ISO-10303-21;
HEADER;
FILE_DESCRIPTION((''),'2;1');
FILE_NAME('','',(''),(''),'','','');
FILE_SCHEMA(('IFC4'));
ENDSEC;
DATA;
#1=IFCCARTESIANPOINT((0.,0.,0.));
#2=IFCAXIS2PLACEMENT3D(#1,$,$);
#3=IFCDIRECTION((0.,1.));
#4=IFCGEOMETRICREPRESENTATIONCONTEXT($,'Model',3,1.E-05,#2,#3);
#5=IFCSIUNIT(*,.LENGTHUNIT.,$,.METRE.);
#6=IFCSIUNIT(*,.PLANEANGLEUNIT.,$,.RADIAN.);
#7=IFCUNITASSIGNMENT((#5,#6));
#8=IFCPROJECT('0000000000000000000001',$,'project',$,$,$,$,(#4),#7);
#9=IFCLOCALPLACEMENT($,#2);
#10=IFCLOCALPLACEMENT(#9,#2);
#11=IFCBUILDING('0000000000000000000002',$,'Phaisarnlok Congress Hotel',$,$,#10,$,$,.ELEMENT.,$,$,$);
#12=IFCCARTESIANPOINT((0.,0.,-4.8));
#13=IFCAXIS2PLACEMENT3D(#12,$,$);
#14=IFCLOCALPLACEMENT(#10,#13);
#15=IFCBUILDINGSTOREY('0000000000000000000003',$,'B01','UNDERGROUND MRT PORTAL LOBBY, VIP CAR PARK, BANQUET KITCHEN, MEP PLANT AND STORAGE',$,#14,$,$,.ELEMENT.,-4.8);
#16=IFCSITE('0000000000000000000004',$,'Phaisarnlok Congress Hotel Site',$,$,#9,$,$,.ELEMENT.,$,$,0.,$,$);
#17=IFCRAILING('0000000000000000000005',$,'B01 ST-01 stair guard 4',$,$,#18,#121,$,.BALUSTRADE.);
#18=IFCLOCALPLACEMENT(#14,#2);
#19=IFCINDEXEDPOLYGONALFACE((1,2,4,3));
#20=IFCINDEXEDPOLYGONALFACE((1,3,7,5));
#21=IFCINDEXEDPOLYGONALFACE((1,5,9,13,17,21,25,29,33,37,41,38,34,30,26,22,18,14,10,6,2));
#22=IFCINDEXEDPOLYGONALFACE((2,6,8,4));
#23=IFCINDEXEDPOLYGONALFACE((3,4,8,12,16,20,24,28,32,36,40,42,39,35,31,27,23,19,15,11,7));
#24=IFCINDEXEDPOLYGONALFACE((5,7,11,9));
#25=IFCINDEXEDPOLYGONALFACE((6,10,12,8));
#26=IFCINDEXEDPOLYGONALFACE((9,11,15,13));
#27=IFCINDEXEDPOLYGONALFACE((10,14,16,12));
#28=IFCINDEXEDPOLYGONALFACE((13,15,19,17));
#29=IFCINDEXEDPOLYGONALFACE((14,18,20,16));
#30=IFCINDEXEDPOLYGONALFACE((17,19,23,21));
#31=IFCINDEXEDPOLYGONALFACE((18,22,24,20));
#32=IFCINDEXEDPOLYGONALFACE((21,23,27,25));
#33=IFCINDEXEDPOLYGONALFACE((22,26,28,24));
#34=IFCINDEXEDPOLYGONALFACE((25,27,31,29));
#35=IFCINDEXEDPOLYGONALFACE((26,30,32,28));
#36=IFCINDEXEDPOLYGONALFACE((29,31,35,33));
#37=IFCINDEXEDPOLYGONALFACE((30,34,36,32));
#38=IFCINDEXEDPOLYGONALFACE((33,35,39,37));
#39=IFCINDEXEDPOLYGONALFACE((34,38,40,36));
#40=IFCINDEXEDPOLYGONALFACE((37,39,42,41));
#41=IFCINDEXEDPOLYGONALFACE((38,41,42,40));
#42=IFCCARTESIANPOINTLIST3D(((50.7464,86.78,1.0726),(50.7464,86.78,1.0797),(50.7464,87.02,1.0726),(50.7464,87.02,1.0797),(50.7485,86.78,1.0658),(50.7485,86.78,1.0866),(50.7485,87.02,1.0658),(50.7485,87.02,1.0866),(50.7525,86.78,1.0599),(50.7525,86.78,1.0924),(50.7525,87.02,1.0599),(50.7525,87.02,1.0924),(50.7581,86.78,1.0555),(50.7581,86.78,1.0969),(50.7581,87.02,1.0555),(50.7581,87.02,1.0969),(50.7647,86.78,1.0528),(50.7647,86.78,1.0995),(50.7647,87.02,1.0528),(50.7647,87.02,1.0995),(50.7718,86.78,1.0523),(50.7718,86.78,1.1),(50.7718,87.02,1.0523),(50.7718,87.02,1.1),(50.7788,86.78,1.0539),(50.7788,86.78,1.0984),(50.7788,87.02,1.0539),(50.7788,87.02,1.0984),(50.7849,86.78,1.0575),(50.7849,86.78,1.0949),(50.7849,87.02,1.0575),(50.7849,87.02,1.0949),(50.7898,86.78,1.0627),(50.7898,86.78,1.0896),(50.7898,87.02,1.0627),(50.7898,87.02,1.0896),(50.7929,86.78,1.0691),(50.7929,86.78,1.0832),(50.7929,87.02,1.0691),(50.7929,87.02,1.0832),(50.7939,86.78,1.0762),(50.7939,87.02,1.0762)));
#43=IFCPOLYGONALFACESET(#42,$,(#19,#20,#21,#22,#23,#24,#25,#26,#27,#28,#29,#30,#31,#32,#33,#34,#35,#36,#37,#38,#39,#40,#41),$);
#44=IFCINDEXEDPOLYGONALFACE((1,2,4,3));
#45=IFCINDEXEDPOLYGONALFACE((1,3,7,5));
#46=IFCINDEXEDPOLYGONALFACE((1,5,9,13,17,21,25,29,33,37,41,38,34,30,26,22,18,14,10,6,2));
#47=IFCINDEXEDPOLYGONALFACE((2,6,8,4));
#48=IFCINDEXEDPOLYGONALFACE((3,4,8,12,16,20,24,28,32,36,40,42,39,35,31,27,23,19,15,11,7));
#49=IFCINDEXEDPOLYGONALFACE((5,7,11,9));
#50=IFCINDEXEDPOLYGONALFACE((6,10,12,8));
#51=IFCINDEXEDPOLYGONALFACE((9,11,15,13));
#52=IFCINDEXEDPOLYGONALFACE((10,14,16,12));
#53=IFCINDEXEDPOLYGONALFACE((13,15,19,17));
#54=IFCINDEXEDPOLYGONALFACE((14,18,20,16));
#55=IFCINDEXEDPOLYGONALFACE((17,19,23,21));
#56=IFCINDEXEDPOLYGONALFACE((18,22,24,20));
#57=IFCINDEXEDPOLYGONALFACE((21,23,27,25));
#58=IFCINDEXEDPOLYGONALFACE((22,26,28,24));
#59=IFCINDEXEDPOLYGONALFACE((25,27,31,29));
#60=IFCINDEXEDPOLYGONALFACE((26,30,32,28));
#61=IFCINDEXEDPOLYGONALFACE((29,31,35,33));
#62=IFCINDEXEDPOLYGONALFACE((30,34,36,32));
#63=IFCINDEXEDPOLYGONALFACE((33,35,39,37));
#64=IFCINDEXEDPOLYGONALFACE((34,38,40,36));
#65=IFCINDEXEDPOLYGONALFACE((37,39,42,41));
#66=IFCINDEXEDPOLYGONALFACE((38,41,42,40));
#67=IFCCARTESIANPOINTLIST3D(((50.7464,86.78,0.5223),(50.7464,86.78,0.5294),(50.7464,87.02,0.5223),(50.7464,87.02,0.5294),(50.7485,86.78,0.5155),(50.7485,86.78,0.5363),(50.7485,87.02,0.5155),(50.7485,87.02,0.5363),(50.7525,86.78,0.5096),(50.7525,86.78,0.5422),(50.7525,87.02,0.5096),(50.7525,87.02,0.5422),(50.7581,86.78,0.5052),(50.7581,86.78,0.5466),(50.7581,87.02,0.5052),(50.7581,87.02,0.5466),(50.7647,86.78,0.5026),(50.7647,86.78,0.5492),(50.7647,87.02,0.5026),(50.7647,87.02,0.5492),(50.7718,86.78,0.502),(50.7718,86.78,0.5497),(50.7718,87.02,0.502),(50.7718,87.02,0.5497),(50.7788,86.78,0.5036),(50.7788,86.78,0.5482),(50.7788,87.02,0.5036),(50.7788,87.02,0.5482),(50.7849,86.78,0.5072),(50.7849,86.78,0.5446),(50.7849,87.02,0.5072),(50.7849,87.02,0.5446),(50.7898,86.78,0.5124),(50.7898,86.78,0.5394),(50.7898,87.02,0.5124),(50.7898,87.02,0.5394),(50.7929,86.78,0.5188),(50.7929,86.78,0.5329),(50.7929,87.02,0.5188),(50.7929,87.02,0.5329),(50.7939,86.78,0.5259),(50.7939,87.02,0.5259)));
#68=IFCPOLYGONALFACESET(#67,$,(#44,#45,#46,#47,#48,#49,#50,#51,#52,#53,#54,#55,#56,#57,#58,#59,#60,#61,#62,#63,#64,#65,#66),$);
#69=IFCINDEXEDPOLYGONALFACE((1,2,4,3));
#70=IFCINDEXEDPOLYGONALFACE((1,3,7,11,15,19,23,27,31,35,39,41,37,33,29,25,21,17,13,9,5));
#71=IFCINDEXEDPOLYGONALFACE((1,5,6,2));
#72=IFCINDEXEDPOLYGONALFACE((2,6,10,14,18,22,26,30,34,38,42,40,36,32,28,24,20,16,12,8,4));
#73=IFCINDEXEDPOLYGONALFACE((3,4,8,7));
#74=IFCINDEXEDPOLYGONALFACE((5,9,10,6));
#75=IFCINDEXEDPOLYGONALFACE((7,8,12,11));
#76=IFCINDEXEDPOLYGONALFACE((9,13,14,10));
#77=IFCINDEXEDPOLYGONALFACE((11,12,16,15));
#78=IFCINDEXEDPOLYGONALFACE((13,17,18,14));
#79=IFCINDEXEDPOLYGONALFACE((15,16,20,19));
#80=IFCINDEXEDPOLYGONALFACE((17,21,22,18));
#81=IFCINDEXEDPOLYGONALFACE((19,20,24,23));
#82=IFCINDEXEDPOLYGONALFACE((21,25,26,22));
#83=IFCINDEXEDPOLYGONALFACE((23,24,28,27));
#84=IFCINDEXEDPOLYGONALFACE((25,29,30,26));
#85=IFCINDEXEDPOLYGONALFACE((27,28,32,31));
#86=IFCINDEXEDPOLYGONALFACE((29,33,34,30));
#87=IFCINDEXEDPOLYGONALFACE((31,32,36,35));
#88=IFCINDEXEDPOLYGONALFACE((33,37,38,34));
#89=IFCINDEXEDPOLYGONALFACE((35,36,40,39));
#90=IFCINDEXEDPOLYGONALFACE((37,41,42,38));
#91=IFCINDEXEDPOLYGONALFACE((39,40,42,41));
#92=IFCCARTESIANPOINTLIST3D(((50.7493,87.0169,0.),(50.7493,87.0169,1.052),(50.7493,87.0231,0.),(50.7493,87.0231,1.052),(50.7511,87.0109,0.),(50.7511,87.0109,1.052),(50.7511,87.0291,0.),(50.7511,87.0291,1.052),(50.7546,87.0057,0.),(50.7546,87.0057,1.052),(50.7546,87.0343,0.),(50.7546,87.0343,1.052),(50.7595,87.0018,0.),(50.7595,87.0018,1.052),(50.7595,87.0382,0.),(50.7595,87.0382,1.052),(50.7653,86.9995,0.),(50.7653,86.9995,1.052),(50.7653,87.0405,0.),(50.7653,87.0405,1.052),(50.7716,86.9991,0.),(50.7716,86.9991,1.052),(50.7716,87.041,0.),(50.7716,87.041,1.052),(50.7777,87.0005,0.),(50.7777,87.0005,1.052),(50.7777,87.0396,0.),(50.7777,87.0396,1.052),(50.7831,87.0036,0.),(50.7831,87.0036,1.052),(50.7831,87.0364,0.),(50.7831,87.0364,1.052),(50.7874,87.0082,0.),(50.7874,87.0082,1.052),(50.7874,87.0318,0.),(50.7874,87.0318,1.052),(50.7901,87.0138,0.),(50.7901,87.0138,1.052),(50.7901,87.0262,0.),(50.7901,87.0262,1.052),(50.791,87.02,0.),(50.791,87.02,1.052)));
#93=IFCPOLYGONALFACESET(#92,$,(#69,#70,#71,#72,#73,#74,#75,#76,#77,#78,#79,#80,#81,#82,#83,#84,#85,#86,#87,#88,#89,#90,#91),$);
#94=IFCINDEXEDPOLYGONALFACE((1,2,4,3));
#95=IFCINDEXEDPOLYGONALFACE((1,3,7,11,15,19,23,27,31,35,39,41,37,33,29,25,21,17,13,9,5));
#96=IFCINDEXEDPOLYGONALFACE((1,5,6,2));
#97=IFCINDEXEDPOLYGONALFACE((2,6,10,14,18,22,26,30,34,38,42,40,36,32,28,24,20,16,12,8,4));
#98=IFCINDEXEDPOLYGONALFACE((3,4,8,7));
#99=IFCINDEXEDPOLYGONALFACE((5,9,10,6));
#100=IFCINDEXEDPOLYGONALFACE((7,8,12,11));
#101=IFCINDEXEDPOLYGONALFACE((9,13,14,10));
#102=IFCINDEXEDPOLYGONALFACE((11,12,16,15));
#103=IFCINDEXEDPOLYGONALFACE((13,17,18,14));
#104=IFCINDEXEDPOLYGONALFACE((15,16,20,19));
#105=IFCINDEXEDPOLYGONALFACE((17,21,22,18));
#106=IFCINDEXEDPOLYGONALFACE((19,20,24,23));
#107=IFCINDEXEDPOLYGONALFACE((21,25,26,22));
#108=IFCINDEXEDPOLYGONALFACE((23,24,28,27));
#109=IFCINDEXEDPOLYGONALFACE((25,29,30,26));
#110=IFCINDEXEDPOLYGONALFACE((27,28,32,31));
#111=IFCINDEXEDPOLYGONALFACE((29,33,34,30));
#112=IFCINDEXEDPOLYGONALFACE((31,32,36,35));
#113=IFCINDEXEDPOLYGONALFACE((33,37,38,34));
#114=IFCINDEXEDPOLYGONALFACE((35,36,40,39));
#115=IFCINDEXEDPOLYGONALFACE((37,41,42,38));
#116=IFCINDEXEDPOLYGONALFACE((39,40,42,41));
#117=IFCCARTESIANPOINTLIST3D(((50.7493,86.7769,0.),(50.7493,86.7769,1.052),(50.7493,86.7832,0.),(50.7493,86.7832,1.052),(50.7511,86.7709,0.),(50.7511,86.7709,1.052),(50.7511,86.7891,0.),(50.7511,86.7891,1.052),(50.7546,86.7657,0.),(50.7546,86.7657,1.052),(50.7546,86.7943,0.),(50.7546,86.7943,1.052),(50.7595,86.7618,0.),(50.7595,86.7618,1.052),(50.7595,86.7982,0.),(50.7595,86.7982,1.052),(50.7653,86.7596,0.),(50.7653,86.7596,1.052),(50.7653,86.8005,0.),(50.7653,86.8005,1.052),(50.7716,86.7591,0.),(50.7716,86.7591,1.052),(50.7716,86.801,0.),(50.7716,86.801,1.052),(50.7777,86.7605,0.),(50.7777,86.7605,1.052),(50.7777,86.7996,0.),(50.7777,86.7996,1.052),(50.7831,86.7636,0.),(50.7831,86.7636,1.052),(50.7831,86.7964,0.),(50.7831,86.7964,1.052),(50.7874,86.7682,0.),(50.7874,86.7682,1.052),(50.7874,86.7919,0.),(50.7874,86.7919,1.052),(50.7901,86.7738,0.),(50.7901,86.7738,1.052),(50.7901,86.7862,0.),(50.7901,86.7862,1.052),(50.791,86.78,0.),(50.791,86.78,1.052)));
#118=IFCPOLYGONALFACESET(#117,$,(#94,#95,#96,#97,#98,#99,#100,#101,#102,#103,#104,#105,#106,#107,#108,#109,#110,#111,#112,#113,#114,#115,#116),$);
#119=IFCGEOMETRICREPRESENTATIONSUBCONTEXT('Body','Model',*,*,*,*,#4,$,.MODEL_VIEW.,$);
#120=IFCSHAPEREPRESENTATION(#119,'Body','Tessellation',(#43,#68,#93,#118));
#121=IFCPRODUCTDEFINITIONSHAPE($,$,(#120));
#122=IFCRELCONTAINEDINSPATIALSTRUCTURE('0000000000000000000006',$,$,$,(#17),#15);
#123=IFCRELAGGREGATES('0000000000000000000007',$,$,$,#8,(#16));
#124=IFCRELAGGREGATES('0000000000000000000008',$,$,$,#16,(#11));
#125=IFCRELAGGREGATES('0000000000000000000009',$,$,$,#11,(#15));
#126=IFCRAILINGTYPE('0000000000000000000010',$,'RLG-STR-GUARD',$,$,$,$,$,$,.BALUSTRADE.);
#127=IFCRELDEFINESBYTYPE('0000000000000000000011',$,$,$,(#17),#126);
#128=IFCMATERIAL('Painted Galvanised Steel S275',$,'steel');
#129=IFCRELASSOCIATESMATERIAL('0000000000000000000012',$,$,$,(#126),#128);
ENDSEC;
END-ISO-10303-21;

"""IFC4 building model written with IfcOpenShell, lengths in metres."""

from ifc_helpers import new_model, si_unit, direction, frame, origin, origin_2d, place, context, subcontext, project, spatial, circle, extrude, material, type_object, element, save


model = new_model("IFC4")

# Units and contexts
model_context = context("Model", 3, precision=1e-05, world=origin(), true_north=direction((0.0, 1.0)))
body_context = subcontext(model_context, "Body", "Model", "MODEL_VIEW")
ifc_project = project(units=[si_unit("LENGTHUNIT", "METRE"), si_unit("PLANEANGLEUNIT", "RADIAN")], contexts=[model_context])

# Site, building, storey
site_placement = place(None, origin())
site = spatial("IfcSite", under=ifc_project, at=site_placement, Name="Phaisarnlok Congress Hotel Site", CompositionType="ELEMENT", RefElevation=0.0)
building_placement = place(site_placement, origin())
building = spatial("IfcBuilding", under=site, at=building_placement, Name="Phaisarnlok Congress Hotel", CompositionType="ELEMENT")
storey_placement = place(building_placement, frame((0.0, 0.0, -4.8)))
storey = spatial("IfcBuildingStorey", under=building, at=storey_placement, Name="B01", Description="UNDERGROUND MRT PORTAL LOBBY, VIP CAR PARK, BANQUET KITCHEN, MEP PLANT AND STORAGE", CompositionType="ELEMENT", Elevation=-4.8)

# Railing
ifc_material_1 = material(Name="Painted Galvanised Steel S275", Category="steel")
railing_type_1 = type_object("IfcRailingType", Name="RLG-STR-GUARD", PredefinedType="BALUSTRADE", material=ifc_material_1)
railing_1_placement = place(storey_placement, frame((50.77, 87.02, 0.0)))
element("IfcRailing", 1, at=railing_1_placement, inside=storey, type_object=railing_type_1, Name="B01 ST-01 stair guard 4", PredefinedType="BALUSTRADE", context=body_context, shape_type="SweptSolid", body=[
    extrude(circle(Radius=0.0239, at=origin_2d()), frame((0.0, 0.0, 1.0762), z_axis=(0.0, -1.0, 0.0), x_axis=(1.0, 0.0, 0.0)), (0.0, 0.0, 1.0), 0.24),
    extrude(circle(Radius=0.0239, at=origin_2d()), frame((0.0, 0.0, 0.5259), z_axis=(0.0, -1.0, 0.0), x_axis=(1.0, 0.0, 0.0)), (0.0, 0.0, 1.0), 0.24),
    extrude(circle(Radius=0.021, at=origin_2d()), origin(), (0.0, 0.0, 1.0), 1.052),
    extrude(circle(Radius=0.021, at=origin_2d()), frame((0.0, -0.24, 0.0)), (0.0, 0.0, 1.0), 1.052),
])

save(model, "model.ifc")
